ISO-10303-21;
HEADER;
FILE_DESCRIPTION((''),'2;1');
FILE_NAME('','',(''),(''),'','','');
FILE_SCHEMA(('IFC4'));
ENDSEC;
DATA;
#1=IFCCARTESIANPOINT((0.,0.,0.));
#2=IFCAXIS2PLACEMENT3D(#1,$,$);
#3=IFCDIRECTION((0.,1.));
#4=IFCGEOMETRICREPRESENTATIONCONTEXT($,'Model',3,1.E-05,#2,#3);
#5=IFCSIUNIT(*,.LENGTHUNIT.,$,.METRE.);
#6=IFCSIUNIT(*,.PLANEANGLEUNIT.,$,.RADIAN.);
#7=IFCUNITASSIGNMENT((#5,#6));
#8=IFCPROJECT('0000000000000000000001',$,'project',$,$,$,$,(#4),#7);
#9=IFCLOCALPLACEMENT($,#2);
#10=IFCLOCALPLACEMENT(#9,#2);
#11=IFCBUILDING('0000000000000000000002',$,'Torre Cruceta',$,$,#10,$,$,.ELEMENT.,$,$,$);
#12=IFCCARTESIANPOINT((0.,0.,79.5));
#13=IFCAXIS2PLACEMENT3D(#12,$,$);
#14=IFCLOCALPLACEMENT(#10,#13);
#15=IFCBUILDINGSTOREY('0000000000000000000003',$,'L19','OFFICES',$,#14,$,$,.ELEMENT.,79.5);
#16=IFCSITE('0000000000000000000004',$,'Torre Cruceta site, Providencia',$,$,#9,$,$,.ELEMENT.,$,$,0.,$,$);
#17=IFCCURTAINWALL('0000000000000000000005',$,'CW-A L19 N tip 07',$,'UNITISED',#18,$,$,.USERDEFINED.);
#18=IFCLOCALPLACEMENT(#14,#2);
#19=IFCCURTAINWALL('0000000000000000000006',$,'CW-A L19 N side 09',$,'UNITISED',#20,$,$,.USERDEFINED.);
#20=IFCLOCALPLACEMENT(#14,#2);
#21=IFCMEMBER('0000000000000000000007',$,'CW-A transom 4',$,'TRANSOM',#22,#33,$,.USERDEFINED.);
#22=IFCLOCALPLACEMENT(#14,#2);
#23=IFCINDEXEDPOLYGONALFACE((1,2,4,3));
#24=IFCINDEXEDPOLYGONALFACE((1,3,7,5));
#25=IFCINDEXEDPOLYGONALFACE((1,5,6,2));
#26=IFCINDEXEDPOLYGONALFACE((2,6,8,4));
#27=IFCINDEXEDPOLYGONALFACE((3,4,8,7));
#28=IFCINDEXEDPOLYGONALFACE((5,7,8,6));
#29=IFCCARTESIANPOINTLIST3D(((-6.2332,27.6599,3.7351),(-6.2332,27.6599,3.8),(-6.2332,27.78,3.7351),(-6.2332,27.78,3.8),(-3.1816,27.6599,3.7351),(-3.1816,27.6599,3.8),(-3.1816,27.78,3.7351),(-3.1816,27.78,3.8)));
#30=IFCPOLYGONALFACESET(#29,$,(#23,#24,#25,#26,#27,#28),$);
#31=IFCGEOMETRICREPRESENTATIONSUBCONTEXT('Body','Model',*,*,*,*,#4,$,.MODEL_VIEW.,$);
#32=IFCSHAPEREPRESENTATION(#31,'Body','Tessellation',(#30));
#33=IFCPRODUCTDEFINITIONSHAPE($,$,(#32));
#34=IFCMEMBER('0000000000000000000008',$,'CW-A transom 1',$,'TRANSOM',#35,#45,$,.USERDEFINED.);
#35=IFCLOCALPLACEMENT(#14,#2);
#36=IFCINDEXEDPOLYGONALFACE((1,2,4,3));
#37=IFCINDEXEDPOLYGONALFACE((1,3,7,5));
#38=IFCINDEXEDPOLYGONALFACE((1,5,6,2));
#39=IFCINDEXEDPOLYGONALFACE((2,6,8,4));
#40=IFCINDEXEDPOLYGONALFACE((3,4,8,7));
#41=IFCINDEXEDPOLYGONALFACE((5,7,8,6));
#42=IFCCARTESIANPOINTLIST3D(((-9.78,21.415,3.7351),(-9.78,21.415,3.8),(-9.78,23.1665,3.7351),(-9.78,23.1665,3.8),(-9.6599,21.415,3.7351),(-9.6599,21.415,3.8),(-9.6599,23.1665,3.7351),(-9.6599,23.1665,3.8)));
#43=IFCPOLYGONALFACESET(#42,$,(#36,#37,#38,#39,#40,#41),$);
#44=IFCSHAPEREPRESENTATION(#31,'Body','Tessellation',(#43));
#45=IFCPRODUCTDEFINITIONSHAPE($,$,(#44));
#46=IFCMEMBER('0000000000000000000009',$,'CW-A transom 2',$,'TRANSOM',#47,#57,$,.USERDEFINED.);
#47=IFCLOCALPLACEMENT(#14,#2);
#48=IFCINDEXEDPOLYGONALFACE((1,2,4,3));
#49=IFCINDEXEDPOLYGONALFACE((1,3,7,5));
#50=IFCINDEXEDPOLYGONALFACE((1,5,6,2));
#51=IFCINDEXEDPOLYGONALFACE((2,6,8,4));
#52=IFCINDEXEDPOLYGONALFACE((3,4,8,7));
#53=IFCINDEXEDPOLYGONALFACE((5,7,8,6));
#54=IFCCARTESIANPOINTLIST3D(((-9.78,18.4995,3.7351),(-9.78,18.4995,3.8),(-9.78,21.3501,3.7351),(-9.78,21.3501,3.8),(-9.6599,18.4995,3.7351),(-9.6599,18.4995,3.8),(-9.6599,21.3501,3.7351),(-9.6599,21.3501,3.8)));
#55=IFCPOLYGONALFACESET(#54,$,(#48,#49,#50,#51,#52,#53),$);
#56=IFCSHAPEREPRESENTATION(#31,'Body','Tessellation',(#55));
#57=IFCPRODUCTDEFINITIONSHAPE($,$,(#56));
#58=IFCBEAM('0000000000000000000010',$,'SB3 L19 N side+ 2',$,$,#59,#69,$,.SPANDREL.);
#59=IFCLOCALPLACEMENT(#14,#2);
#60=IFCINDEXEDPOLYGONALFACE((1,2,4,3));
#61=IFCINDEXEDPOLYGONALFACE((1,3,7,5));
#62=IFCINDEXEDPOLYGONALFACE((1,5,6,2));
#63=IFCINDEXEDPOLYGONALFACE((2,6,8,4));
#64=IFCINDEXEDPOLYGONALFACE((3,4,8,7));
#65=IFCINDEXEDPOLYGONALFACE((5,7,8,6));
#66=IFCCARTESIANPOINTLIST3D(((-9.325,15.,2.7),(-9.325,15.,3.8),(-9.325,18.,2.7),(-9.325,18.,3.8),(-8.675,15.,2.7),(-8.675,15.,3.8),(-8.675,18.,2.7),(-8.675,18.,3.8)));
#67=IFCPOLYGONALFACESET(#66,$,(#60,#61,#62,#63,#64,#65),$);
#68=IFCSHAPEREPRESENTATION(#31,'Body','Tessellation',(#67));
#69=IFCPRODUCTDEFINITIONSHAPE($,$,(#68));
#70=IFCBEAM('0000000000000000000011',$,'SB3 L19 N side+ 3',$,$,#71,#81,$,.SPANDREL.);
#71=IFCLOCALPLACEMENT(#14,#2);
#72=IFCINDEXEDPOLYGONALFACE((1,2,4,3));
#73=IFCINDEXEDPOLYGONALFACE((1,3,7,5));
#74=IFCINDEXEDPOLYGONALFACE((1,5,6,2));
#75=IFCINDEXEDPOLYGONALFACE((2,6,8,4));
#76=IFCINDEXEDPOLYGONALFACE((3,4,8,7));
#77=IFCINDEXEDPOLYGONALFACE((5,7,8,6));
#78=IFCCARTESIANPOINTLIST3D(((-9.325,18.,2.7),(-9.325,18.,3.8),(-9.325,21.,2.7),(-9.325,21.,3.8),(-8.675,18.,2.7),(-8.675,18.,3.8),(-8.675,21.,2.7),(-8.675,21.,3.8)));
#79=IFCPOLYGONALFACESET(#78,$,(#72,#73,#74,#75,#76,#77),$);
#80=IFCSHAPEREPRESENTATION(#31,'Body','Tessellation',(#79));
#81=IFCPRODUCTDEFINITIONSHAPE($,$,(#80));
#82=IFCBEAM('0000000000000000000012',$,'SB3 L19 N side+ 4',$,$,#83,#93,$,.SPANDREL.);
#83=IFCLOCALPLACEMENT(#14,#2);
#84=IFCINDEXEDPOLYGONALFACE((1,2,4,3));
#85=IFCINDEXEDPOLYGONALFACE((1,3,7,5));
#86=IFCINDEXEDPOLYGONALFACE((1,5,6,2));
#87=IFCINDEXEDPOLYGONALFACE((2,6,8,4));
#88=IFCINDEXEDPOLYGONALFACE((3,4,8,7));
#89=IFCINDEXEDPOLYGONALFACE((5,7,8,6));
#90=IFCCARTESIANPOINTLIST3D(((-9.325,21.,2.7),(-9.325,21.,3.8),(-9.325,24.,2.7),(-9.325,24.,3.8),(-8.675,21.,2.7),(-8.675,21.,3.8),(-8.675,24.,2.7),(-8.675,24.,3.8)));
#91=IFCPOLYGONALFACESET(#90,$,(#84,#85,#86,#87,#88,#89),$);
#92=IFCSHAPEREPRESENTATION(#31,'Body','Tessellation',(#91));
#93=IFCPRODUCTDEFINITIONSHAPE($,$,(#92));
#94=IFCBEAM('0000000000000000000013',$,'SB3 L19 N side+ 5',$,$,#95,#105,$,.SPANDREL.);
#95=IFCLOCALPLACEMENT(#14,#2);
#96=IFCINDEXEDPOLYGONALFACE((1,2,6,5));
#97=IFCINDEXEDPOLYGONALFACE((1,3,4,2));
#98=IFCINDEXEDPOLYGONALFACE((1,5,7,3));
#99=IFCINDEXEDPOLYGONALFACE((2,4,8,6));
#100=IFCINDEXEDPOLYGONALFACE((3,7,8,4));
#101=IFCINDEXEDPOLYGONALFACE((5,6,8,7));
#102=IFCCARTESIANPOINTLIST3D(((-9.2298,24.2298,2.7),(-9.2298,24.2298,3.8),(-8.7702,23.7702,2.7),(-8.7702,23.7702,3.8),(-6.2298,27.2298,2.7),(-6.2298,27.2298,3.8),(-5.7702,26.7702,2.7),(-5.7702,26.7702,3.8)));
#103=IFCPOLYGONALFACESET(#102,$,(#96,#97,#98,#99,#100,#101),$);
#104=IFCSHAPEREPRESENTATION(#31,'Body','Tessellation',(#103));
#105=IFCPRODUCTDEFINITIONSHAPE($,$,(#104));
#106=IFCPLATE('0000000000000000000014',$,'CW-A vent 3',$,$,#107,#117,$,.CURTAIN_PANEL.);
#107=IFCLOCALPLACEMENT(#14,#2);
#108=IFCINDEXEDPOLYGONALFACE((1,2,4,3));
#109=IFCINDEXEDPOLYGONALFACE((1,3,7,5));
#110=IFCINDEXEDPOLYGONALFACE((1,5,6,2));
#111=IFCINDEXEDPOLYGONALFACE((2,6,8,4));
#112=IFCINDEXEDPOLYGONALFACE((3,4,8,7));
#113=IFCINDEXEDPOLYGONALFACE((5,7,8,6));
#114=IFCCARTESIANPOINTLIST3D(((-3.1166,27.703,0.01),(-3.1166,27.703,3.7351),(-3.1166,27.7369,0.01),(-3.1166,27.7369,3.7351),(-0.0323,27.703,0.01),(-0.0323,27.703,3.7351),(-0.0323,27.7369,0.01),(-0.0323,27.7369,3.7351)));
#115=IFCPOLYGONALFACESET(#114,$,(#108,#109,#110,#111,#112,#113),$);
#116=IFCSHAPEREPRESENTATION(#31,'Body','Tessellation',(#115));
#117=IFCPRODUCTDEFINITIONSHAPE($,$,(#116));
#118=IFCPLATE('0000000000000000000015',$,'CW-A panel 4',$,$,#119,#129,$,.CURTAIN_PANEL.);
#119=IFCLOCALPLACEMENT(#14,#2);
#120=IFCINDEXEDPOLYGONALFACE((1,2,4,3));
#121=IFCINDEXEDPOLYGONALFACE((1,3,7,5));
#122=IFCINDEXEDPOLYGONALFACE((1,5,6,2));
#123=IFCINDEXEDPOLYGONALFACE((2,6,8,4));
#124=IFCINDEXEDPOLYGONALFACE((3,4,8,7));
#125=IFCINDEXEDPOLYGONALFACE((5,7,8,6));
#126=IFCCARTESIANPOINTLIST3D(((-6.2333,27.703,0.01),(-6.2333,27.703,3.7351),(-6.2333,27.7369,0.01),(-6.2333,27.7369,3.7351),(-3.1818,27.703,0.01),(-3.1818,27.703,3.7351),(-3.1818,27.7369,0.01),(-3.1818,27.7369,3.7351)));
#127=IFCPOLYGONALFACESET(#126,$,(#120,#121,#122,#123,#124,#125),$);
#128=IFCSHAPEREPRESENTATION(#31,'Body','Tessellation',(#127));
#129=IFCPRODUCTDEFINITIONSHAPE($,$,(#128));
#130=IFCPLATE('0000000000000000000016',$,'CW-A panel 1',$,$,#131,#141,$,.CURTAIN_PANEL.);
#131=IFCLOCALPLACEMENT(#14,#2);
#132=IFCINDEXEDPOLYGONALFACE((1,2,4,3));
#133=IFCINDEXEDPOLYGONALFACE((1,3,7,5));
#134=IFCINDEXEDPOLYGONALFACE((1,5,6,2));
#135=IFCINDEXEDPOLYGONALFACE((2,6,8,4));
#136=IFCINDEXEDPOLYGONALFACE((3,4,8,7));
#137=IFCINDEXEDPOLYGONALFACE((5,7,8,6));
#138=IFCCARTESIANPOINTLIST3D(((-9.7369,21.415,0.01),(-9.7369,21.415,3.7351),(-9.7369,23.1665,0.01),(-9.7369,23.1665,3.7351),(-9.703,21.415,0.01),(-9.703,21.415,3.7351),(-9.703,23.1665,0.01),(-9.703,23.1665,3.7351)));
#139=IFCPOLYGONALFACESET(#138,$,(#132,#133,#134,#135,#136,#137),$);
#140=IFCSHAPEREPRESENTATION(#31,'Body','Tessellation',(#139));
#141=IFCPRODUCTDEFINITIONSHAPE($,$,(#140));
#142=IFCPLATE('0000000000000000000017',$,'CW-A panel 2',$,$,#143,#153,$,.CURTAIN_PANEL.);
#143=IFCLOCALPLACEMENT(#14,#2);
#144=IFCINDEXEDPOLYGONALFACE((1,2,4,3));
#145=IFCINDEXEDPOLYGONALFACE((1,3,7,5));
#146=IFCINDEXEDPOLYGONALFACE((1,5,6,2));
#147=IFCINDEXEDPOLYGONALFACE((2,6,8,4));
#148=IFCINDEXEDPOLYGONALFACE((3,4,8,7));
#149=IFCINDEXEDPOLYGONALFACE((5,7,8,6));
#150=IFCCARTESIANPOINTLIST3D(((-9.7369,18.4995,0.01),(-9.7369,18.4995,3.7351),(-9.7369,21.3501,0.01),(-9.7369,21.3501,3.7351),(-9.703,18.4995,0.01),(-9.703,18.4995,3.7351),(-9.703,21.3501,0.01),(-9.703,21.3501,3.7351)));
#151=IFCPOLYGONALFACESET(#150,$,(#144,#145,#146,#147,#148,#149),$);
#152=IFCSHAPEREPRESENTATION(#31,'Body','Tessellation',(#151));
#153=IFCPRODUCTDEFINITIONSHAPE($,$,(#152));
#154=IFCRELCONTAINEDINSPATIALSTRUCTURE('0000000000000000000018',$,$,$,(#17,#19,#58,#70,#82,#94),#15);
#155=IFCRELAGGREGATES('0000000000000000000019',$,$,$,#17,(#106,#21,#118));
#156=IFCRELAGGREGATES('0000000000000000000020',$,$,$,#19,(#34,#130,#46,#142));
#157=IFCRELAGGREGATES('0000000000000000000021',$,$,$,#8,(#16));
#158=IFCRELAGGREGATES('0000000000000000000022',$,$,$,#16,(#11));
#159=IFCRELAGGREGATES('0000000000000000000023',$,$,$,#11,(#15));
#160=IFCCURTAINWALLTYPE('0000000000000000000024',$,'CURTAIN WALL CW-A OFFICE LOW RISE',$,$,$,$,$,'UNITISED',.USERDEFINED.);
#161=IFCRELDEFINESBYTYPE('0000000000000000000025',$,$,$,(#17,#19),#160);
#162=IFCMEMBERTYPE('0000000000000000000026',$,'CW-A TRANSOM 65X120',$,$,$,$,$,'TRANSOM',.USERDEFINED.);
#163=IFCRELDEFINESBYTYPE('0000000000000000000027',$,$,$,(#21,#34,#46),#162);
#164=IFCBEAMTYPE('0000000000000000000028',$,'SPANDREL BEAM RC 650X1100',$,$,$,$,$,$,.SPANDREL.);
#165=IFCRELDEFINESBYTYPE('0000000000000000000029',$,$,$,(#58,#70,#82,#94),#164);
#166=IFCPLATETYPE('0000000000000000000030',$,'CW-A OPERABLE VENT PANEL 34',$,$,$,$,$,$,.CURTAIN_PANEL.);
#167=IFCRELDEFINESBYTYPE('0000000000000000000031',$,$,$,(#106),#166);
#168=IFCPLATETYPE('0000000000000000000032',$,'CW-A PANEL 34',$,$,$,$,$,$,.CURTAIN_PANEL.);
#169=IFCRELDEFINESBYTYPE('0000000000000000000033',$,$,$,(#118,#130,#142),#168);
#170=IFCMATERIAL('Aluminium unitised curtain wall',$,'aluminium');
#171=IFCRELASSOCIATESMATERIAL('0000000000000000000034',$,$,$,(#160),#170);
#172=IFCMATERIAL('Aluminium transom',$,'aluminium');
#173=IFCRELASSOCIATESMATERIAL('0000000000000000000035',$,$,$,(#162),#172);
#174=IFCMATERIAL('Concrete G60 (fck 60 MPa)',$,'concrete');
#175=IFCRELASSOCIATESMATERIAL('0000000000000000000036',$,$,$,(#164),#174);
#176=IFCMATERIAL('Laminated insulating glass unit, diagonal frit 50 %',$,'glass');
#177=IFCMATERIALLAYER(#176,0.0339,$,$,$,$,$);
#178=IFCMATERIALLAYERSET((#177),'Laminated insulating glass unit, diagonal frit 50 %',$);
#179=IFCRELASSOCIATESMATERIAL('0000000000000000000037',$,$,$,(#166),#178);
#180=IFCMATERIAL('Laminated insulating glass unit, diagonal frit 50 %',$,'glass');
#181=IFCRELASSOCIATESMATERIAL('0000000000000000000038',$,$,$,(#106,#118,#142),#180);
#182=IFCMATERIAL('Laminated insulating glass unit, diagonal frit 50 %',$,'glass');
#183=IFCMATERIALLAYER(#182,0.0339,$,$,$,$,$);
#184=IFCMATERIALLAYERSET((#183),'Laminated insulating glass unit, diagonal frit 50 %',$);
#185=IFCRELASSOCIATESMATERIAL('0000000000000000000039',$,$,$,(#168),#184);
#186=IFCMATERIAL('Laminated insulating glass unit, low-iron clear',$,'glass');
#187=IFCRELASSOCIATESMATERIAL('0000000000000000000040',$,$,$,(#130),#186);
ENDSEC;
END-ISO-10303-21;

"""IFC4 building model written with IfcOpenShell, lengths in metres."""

from ifc_helpers import new_model, si_unit, direction, frame, origin, origin_2d, place, context, subcontext, project, spatial, rectangle, extrude, material, layer, layer_set, material_profile, profile_set, type_object, element, aggregate, save


model = new_model("IFC4")

# Units and contexts
model_context = context("Model", 3, precision=1e-05, world=origin(), true_north=direction((0.0, 1.0)))
body_context = subcontext(model_context, "Body", "Model", "MODEL_VIEW")
ifc_project = project(units=[si_unit("LENGTHUNIT", "METRE"), si_unit("PLANEANGLEUNIT", "RADIAN")], contexts=[model_context])

# Site, building, storey
site_placement = place(None, origin())
site = spatial("IfcSite", under=ifc_project, at=site_placement, Name="Torre Cruceta site, Providencia", CompositionType="ELEMENT", RefElevation=0.0)
building_placement = place(site_placement, origin())
building = spatial("IfcBuilding", under=site, at=building_placement, Name="Torre Cruceta", CompositionType="ELEMENT")
storey_placement = place(building_placement, frame((0.0, 0.0, 79.5)))
storey = spatial("IfcBuildingStorey", under=building, at=storey_placement, Name="L19", Description="OFFICES", CompositionType="ELEMENT", Elevation=79.5)

# Curtain walls
ifc_material_1 = material(Name="Aluminium unitised curtain wall", Category="aluminium")
curtain_wall_type = type_object("IfcCurtainWallType", Name="CURTAIN WALL CW-A OFFICE LOW RISE", ElementType="UNITISED", PredefinedType="USERDEFINED", material=ifc_material_1)
curtain_wall_1_placement = place(storey_placement, origin())
curtain_wall_1 = element("IfcCurtainWall", 1, at=curtain_wall_1_placement, inside=storey, type_object=curtain_wall_type, Name="CW-A L19 N tip 07", ObjectType="UNITISED", PredefinedType="USERDEFINED")
curtain_wall_2_placement = place(storey_placement, origin())
curtain_wall_2 = element("IfcCurtainWall", 2, at=curtain_wall_2_placement, inside=storey, type_object=curtain_wall_type, Name="CW-A L19 N side 09", ObjectType="UNITISED", PredefinedType="USERDEFINED")

# Members
ifc_material_2 = material(Name="Aluminium transom", Category="aluminium")
ifc_material_profile_1 = material_profile(ifc_material_2, rectangle(XDim=0.1201, YDim=0.0649, at=origin_2d()), Name="AL 120X65")
ifc_profile_set_1 = profile_set([ifc_material_profile_1], Name="Aluminium transom")
member_type_1 = type_object("IfcMemberType", Name="CW-A TRANSOM 65X120", ElementType="TRANSOM", PredefinedType="USERDEFINED", material=ifc_profile_set_1)
member_1_placement = place(storey_placement, frame((-3.1816, 27.72, 3.7676), z_axis=(-1.0, 0.0, 0.0), x_axis=(0.0, -1.0, 0.0)))
member_1 = element("IfcMember", 3, at=member_1_placement, type_object=member_type_1, Name="CW-A transom 4", ObjectType="TRANSOM", PredefinedType="USERDEFINED", context=body_context, shape_type="SweptSolid", body=[
    extrude(rectangle(XDim=0.1201, YDim=0.0649, at=origin_2d()), origin(), (0.0, 0.0, 1.0), 3.0515),
])
member_2_placement = place(storey_placement, frame((-9.72, 23.1665, 3.7676), z_axis=(0.0, -1.0, 0.0), x_axis=(1.0, 0.0, 0.0)))
member_2 = element("IfcMember", 4, at=member_2_placement, type_object=member_type_1, Name="CW-A transom 1", ObjectType="TRANSOM", PredefinedType="USERDEFINED", context=body_context, shape_type="SweptSolid", body=[
    extrude(rectangle(XDim=0.1201, YDim=0.0649, at=origin_2d()), origin(), (0.0, 0.0, 1.0), 1.7515),
])
member_3_placement = place(storey_placement, frame((-9.72, 21.3501, 3.7676), z_axis=(0.0, -1.0, 0.0), x_axis=(1.0, 0.0, 0.0)))
member_3 = element("IfcMember", 5, at=member_3_placement, type_object=member_type_1, Name="CW-A transom 2", ObjectType="TRANSOM", PredefinedType="USERDEFINED", context=body_context, shape_type="SweptSolid", body=[
    extrude(rectangle(XDim=0.1201, YDim=0.0649, at=origin_2d()), origin(), (0.0, 0.0, 1.0), 2.8506),
])

# Beams
ifc_material_3 = material(Name="Concrete G60 (fck 60 MPa)", Category="concrete")
ifc_material_profile_2 = material_profile(ifc_material_3, rectangle(XDim=0.6499, YDim=1.1001, at=origin_2d()), Name="RC 650X1100")
ifc_profile_set_2 = profile_set([ifc_material_profile_2], Name="Concrete G60 (fck 60 MPa)")
beam_type_1 = type_object("IfcBeamType", Name="SPANDREL BEAM RC 650X1100", PredefinedType="SPANDREL", material=ifc_profile_set_2)
for number, where, z_axis, x_axis, name in (
    (6, (-9.0, 15.0, 3.25), (0.0, 1.0, 0.0), (-1.0, 0.0, 0.0), "SB3 L19 N side+ 2"),
    (7, (-9.0, 18.0, 3.25), (0.0, 1.0, 0.0), (-1.0, 0.0, 0.0), "SB3 L19 N side+ 3"),
    (8, (-9.0, 21.0, 3.25), (0.0, 1.0, 0.0), (-1.0, 0.0, 0.0), "SB3 L19 N side+ 4"),
):
    element("IfcBeam", number, at=place(storey_placement, frame(where, z_axis=z_axis, x_axis=x_axis)), inside=storey, type_object=beam_type_1, Name=name, PredefinedType="SPANDREL", context=body_context, shape_type="SweptSolid", body=[
        extrude(rectangle(XDim=0.6499, YDim=1.1001, at=origin_2d()), origin(), (0.0, 0.0, 1.0), 3.0),
    ])
beam_placement = place(storey_placement, frame((-9.0, 24.0, 3.25), z_axis=(0.707107, 0.707107, 0.0), x_axis=(-0.707107, 0.707107, 0.0)))
element("IfcBeam", 9, at=beam_placement, inside=storey, type_object=beam_type_1, Name="SB3 L19 N side+ 5", PredefinedType="SPANDREL", context=body_context, shape_type="SweptSolid", body=[
    extrude(rectangle(XDim=0.6499, YDim=1.1001, at=origin_2d()), origin(), (0.0, 0.0, 1.0), 4.2427),
])

# Plates
ifc_material_4 = material(Name="Laminated insulating glass unit, diagonal frit 50 %", Category="glass")
ifc_material_5 = material(Name="Laminated insulating glass unit, diagonal frit 50 %", Category="glass")
ifc_layer_1 = layer(ifc_material_5, 0.0339)
ifc_layer_set_1 = layer_set([ifc_layer_1], Name="Laminated insulating glass unit, diagonal frit 50 %")
plate_type_1 = type_object("IfcPlateType", Name="CW-A OPERABLE VENT PANEL 34", PredefinedType="CURTAIN_PANEL", material=ifc_layer_set_1)
plate_1_placement = place(storey_placement, frame((-1.5745, 27.72, 0.01), z_axis=(0.0, 0.0, 1.0), x_axis=(-1.0, 0.0, 0.0)))
plate_1 = element("IfcPlate", 10, at=plate_1_placement, type_object=plate_type_1, material=ifc_material_4, Name="CW-A vent 3", PredefinedType="CURTAIN_PANEL", context=body_context, shape_type="SweptSolid", body=[
    extrude(rectangle(XDim=3.0842, YDim=0.0339, at=origin_2d()), origin(), (0.0, 0.0, 1.0), 3.7251),
])
ifc_material_6 = material(Name="Laminated insulating glass unit, diagonal frit 50 %", Category="glass")
ifc_layer_2 = layer(ifc_material_6, 0.0339)
ifc_layer_set_2 = layer_set([ifc_layer_2], Name="Laminated insulating glass unit, diagonal frit 50 %")
plate_type_2 = type_object("IfcPlateType", Name="CW-A PANEL 34", PredefinedType="CURTAIN_PANEL", material=ifc_layer_set_2)
plate_2_placement = place(storey_placement, frame((-4.7075, 27.72, 0.01), z_axis=(0.0, 0.0, 1.0), x_axis=(-1.0, 0.0, 0.0)))
plate_2 = element("IfcPlate", 11, at=plate_2_placement, type_object=plate_type_2, material=ifc_material_4, Name="CW-A panel 4", PredefinedType="CURTAIN_PANEL", context=body_context, shape_type="SweptSolid", body=[
    extrude(rectangle(XDim=3.0515, YDim=0.0339, at=origin_2d()), origin(), (0.0, 0.0, 1.0), 3.7251),
])
aggregate(curtain_wall_1, [plate_1, member_1, plate_2])
ifc_material_7 = material(Name="Laminated insulating glass unit, low-iron clear", Category="glass")
plate_3_placement = place(storey_placement, frame((-9.72, 22.2908, 0.01), z_axis=(0.0, 0.0, 1.0), x_axis=(0.0, -1.0, 0.0)))
plate_3 = element("IfcPlate", 12, at=plate_3_placement, type_object=plate_type_2, material=ifc_material_7, Name="CW-A panel 1", PredefinedType="CURTAIN_PANEL", context=body_context, shape_type="SweptSolid", body=[
    extrude(rectangle(XDim=1.7515, YDim=0.0339, at=origin_2d()), origin(), (0.0, 0.0, 1.0), 3.7251),
])
plate_4_placement = place(storey_placement, frame((-9.72, 19.9248, 0.01), z_axis=(0.0, 0.0, 1.0), x_axis=(0.0, -1.0, 0.0)))
plate_4 = element("IfcPlate", 13, at=plate_4_placement, type_object=plate_type_2, material=ifc_material_4, Name="CW-A panel 2", PredefinedType="CURTAIN_PANEL", context=body_context, shape_type="SweptSolid", body=[
    extrude(rectangle(XDim=2.8506, YDim=0.0339, at=origin_2d()), origin(), (0.0, 0.0, 1.0), 3.7251),
])
aggregate(curtain_wall_2, [member_2, plate_3, member_3, plate_4])

save(model, "model.ifc")
